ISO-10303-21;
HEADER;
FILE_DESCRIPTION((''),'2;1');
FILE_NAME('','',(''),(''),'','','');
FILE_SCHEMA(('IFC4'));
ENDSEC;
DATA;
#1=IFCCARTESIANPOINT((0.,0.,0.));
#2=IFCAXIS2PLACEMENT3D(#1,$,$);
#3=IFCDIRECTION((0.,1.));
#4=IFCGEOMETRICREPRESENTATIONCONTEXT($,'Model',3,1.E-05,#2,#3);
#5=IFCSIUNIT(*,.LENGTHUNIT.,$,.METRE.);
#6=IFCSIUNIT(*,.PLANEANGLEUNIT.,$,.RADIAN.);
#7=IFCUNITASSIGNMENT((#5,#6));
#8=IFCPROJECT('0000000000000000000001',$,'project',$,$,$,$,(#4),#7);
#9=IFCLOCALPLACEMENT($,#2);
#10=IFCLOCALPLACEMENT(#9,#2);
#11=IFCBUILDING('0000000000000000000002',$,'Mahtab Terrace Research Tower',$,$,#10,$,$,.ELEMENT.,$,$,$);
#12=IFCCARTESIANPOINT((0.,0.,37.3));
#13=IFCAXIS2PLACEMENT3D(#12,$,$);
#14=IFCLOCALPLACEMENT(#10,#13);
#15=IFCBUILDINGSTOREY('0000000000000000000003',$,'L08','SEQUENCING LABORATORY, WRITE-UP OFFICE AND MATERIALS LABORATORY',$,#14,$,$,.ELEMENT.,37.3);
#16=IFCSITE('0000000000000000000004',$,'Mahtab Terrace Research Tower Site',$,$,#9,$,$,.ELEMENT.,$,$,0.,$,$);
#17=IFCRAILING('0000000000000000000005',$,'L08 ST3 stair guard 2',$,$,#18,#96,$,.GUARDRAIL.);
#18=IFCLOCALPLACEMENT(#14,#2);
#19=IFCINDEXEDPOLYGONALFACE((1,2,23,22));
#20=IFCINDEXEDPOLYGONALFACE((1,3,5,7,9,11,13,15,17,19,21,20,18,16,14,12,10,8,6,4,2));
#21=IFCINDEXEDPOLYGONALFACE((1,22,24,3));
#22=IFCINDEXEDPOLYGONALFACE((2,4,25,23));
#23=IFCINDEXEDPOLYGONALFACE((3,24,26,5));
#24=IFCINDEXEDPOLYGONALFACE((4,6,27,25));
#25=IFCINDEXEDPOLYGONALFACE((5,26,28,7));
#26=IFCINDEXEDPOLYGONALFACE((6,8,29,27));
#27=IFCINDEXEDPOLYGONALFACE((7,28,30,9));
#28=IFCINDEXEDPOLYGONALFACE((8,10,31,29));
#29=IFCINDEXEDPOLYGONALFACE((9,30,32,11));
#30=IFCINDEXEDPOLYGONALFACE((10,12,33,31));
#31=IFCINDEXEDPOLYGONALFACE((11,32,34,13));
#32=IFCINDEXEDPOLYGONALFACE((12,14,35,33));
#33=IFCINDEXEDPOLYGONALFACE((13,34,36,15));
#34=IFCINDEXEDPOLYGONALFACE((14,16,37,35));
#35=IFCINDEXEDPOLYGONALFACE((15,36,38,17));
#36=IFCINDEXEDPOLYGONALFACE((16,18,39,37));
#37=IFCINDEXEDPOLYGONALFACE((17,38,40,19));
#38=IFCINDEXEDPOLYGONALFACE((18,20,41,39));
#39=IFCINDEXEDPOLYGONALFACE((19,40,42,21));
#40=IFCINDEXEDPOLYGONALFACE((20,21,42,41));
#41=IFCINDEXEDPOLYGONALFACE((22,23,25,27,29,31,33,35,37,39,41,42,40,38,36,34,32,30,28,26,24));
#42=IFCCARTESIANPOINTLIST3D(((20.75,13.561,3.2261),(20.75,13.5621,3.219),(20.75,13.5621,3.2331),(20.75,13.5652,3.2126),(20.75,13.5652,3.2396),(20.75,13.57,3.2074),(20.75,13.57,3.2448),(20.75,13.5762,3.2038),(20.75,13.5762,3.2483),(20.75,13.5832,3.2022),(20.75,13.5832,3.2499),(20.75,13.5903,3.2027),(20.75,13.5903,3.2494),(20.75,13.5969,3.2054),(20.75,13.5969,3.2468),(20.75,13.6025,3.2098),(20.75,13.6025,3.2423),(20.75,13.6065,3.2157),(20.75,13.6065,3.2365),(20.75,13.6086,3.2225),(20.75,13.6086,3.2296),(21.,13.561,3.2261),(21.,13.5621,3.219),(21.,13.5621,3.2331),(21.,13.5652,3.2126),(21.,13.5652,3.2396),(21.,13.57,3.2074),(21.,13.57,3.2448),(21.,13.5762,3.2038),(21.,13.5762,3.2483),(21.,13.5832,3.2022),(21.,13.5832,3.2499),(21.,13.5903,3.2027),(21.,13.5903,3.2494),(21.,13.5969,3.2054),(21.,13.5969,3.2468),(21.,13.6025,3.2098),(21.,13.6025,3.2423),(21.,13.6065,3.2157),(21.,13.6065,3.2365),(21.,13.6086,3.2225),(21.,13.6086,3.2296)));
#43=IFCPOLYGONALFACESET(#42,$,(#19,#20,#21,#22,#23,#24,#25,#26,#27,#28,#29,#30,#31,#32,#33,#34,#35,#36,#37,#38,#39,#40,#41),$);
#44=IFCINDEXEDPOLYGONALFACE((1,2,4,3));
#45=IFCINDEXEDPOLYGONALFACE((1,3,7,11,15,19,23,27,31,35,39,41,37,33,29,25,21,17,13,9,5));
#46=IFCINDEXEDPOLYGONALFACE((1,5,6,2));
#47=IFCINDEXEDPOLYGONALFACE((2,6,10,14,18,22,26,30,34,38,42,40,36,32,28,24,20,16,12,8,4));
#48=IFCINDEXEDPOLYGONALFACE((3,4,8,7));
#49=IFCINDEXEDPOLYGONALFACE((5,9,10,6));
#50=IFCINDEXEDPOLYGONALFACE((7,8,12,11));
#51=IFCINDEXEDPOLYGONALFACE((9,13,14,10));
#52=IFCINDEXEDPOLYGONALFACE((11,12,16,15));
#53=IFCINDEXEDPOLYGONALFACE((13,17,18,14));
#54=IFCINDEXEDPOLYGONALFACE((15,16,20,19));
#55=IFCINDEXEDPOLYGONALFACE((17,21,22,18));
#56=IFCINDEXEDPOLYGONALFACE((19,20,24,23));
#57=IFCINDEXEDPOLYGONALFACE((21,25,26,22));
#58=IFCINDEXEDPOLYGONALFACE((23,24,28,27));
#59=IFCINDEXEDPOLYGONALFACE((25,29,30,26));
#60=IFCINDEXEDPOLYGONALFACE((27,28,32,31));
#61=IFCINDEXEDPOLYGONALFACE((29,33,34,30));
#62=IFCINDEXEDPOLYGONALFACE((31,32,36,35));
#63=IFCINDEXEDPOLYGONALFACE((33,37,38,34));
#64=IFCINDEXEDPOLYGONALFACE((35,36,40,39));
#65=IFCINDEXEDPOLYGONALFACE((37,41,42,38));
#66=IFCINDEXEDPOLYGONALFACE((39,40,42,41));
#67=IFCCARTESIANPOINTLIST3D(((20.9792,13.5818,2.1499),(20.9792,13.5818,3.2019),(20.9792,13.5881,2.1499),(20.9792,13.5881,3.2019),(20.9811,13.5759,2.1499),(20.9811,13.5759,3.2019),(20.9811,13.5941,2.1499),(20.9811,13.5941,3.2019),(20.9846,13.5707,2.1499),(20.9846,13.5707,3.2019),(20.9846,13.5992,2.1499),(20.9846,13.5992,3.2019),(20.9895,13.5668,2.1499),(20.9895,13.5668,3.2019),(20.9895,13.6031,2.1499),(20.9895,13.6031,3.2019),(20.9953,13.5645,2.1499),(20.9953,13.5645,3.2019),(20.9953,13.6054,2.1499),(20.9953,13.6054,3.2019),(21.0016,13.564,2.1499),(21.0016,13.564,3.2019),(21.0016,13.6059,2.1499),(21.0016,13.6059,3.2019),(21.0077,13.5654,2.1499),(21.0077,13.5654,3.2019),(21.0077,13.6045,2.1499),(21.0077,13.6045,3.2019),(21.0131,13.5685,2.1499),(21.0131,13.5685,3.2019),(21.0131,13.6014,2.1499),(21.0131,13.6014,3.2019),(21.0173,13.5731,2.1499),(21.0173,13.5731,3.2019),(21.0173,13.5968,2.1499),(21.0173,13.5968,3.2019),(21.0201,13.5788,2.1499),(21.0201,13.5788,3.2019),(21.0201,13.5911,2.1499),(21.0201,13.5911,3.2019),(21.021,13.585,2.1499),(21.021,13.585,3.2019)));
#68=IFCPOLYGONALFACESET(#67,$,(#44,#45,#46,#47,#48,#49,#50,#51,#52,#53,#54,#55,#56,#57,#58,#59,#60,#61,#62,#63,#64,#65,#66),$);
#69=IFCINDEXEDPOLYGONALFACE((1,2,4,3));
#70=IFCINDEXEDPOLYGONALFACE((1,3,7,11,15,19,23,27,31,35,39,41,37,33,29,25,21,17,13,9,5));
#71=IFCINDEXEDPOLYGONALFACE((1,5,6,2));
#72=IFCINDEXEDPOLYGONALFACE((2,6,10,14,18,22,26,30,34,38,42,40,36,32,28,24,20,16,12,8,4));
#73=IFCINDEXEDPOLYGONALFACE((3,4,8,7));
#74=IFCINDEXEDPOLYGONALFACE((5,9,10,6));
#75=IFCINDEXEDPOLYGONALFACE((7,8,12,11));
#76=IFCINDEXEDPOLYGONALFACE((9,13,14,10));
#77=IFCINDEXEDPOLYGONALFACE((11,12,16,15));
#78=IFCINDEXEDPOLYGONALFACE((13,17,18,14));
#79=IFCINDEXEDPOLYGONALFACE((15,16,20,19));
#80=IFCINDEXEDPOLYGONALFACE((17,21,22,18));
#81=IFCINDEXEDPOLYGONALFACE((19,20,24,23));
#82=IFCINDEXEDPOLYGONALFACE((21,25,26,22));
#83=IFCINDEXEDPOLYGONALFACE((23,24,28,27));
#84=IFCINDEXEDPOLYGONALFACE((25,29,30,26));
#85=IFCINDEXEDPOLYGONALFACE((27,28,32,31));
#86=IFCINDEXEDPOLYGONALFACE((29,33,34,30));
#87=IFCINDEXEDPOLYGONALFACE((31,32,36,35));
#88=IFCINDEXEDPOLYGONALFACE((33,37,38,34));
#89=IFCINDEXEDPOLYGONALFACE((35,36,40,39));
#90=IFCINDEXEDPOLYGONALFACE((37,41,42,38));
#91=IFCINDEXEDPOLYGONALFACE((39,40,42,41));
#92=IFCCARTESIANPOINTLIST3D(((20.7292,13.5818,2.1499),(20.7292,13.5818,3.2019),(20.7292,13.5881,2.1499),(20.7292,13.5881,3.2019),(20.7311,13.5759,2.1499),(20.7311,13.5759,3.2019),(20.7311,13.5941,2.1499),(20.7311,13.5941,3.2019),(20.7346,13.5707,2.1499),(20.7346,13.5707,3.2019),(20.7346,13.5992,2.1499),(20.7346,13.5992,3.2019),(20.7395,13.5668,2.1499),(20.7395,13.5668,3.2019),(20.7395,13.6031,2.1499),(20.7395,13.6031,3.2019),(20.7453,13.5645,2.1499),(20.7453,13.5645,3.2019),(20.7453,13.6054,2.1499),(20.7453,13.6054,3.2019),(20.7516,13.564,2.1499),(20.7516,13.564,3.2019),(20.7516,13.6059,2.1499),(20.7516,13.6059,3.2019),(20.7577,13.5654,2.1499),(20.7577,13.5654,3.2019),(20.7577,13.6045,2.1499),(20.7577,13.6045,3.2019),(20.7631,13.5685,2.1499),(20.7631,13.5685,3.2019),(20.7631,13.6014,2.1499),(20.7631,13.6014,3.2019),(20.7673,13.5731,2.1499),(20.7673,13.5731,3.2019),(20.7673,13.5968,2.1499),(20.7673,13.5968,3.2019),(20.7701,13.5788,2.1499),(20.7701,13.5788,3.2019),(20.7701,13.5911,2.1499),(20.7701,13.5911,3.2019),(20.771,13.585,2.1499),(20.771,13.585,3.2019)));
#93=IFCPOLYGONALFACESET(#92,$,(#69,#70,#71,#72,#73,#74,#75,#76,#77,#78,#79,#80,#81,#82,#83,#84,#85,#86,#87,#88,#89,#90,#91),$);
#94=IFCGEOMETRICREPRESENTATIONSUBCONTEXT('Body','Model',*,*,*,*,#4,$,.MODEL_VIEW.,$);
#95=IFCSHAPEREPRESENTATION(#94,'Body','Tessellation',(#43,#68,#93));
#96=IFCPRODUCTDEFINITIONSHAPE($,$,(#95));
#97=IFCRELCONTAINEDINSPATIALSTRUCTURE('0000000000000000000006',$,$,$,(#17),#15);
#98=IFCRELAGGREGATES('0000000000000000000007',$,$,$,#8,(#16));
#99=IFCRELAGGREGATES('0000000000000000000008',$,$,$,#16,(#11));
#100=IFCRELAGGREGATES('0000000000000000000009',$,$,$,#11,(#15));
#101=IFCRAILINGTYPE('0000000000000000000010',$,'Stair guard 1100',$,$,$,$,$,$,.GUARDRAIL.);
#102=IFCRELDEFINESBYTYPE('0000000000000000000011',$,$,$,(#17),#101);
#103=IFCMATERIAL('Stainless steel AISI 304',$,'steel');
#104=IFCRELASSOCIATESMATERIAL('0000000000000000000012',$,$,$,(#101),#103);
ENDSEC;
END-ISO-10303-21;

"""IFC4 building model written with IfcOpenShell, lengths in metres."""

from ifc_helpers import new_model, si_unit, direction, frame, origin, origin_2d, place, context, subcontext, project, spatial, circle, extrude, material, type_object, element, save


model = new_model("IFC4")

# Units and contexts
model_context = context("Model", 3, precision=1e-05, world=origin(), true_north=direction((0.0, 1.0)))
body_context = subcontext(model_context, "Body", "Model", "MODEL_VIEW")
ifc_project = project(units=[si_unit("LENGTHUNIT", "METRE"), si_unit("PLANEANGLEUNIT", "RADIAN")], contexts=[model_context])

# Site, building, storey
site_placement = place(None, origin())
site = spatial("IfcSite", under=ifc_project, at=site_placement, Name="Mahtab Terrace Research Tower Site", CompositionType="ELEMENT", RefElevation=0.0)
building_placement = place(site_placement, origin())
building = spatial("IfcBuilding", under=site, at=building_placement, Name="Mahtab Terrace Research Tower", CompositionType="ELEMENT")
storey_placement = place(building_placement, frame((0.0, 0.0, 37.3)))
storey = spatial("IfcBuildingStorey", under=building, at=storey_placement, Name="L08", Description="SEQUENCING LABORATORY, WRITE-UP OFFICE AND MATERIALS LABORATORY", CompositionType="ELEMENT", Elevation=37.3)

# Shared definitions
ifc_material_1 = material(Name="Stainless steel AISI 304", Category="steel")

# Railing
railing_type_1 = type_object("IfcRailingType", Name="Stair guard 1100", PredefinedType="GUARDRAIL", material=ifc_material_1)
railing_1_placement = place(storey_placement, frame((21.0, 13.585, 2.1499)))
element("IfcRailing", 1, at=railing_1_placement, inside=storey, type_object=railing_type_1, Name="L08 ST3 stair guard 2", PredefinedType="GUARDRAIL", context=body_context, shape_type="SweptSolid", body=[
    extrude(circle(Radius=0.0239, at=origin_2d()), frame((0.0, 0.0, 1.0762), z_axis=(-1.0, 0.0, 0.0), x_axis=(0.0, -1.0, 0.0)), (0.0, 0.0, 1.0), 0.25),
    extrude(circle(Radius=0.021, at=origin_2d()), origin(), (0.0, 0.0, 1.0), 1.052),
    extrude(circle(Radius=0.021, at=origin_2d()), frame((-0.25, 0.0, 0.0)), (0.0, 0.0, 1.0), 1.052),
])

save(model, "model.ifc")
